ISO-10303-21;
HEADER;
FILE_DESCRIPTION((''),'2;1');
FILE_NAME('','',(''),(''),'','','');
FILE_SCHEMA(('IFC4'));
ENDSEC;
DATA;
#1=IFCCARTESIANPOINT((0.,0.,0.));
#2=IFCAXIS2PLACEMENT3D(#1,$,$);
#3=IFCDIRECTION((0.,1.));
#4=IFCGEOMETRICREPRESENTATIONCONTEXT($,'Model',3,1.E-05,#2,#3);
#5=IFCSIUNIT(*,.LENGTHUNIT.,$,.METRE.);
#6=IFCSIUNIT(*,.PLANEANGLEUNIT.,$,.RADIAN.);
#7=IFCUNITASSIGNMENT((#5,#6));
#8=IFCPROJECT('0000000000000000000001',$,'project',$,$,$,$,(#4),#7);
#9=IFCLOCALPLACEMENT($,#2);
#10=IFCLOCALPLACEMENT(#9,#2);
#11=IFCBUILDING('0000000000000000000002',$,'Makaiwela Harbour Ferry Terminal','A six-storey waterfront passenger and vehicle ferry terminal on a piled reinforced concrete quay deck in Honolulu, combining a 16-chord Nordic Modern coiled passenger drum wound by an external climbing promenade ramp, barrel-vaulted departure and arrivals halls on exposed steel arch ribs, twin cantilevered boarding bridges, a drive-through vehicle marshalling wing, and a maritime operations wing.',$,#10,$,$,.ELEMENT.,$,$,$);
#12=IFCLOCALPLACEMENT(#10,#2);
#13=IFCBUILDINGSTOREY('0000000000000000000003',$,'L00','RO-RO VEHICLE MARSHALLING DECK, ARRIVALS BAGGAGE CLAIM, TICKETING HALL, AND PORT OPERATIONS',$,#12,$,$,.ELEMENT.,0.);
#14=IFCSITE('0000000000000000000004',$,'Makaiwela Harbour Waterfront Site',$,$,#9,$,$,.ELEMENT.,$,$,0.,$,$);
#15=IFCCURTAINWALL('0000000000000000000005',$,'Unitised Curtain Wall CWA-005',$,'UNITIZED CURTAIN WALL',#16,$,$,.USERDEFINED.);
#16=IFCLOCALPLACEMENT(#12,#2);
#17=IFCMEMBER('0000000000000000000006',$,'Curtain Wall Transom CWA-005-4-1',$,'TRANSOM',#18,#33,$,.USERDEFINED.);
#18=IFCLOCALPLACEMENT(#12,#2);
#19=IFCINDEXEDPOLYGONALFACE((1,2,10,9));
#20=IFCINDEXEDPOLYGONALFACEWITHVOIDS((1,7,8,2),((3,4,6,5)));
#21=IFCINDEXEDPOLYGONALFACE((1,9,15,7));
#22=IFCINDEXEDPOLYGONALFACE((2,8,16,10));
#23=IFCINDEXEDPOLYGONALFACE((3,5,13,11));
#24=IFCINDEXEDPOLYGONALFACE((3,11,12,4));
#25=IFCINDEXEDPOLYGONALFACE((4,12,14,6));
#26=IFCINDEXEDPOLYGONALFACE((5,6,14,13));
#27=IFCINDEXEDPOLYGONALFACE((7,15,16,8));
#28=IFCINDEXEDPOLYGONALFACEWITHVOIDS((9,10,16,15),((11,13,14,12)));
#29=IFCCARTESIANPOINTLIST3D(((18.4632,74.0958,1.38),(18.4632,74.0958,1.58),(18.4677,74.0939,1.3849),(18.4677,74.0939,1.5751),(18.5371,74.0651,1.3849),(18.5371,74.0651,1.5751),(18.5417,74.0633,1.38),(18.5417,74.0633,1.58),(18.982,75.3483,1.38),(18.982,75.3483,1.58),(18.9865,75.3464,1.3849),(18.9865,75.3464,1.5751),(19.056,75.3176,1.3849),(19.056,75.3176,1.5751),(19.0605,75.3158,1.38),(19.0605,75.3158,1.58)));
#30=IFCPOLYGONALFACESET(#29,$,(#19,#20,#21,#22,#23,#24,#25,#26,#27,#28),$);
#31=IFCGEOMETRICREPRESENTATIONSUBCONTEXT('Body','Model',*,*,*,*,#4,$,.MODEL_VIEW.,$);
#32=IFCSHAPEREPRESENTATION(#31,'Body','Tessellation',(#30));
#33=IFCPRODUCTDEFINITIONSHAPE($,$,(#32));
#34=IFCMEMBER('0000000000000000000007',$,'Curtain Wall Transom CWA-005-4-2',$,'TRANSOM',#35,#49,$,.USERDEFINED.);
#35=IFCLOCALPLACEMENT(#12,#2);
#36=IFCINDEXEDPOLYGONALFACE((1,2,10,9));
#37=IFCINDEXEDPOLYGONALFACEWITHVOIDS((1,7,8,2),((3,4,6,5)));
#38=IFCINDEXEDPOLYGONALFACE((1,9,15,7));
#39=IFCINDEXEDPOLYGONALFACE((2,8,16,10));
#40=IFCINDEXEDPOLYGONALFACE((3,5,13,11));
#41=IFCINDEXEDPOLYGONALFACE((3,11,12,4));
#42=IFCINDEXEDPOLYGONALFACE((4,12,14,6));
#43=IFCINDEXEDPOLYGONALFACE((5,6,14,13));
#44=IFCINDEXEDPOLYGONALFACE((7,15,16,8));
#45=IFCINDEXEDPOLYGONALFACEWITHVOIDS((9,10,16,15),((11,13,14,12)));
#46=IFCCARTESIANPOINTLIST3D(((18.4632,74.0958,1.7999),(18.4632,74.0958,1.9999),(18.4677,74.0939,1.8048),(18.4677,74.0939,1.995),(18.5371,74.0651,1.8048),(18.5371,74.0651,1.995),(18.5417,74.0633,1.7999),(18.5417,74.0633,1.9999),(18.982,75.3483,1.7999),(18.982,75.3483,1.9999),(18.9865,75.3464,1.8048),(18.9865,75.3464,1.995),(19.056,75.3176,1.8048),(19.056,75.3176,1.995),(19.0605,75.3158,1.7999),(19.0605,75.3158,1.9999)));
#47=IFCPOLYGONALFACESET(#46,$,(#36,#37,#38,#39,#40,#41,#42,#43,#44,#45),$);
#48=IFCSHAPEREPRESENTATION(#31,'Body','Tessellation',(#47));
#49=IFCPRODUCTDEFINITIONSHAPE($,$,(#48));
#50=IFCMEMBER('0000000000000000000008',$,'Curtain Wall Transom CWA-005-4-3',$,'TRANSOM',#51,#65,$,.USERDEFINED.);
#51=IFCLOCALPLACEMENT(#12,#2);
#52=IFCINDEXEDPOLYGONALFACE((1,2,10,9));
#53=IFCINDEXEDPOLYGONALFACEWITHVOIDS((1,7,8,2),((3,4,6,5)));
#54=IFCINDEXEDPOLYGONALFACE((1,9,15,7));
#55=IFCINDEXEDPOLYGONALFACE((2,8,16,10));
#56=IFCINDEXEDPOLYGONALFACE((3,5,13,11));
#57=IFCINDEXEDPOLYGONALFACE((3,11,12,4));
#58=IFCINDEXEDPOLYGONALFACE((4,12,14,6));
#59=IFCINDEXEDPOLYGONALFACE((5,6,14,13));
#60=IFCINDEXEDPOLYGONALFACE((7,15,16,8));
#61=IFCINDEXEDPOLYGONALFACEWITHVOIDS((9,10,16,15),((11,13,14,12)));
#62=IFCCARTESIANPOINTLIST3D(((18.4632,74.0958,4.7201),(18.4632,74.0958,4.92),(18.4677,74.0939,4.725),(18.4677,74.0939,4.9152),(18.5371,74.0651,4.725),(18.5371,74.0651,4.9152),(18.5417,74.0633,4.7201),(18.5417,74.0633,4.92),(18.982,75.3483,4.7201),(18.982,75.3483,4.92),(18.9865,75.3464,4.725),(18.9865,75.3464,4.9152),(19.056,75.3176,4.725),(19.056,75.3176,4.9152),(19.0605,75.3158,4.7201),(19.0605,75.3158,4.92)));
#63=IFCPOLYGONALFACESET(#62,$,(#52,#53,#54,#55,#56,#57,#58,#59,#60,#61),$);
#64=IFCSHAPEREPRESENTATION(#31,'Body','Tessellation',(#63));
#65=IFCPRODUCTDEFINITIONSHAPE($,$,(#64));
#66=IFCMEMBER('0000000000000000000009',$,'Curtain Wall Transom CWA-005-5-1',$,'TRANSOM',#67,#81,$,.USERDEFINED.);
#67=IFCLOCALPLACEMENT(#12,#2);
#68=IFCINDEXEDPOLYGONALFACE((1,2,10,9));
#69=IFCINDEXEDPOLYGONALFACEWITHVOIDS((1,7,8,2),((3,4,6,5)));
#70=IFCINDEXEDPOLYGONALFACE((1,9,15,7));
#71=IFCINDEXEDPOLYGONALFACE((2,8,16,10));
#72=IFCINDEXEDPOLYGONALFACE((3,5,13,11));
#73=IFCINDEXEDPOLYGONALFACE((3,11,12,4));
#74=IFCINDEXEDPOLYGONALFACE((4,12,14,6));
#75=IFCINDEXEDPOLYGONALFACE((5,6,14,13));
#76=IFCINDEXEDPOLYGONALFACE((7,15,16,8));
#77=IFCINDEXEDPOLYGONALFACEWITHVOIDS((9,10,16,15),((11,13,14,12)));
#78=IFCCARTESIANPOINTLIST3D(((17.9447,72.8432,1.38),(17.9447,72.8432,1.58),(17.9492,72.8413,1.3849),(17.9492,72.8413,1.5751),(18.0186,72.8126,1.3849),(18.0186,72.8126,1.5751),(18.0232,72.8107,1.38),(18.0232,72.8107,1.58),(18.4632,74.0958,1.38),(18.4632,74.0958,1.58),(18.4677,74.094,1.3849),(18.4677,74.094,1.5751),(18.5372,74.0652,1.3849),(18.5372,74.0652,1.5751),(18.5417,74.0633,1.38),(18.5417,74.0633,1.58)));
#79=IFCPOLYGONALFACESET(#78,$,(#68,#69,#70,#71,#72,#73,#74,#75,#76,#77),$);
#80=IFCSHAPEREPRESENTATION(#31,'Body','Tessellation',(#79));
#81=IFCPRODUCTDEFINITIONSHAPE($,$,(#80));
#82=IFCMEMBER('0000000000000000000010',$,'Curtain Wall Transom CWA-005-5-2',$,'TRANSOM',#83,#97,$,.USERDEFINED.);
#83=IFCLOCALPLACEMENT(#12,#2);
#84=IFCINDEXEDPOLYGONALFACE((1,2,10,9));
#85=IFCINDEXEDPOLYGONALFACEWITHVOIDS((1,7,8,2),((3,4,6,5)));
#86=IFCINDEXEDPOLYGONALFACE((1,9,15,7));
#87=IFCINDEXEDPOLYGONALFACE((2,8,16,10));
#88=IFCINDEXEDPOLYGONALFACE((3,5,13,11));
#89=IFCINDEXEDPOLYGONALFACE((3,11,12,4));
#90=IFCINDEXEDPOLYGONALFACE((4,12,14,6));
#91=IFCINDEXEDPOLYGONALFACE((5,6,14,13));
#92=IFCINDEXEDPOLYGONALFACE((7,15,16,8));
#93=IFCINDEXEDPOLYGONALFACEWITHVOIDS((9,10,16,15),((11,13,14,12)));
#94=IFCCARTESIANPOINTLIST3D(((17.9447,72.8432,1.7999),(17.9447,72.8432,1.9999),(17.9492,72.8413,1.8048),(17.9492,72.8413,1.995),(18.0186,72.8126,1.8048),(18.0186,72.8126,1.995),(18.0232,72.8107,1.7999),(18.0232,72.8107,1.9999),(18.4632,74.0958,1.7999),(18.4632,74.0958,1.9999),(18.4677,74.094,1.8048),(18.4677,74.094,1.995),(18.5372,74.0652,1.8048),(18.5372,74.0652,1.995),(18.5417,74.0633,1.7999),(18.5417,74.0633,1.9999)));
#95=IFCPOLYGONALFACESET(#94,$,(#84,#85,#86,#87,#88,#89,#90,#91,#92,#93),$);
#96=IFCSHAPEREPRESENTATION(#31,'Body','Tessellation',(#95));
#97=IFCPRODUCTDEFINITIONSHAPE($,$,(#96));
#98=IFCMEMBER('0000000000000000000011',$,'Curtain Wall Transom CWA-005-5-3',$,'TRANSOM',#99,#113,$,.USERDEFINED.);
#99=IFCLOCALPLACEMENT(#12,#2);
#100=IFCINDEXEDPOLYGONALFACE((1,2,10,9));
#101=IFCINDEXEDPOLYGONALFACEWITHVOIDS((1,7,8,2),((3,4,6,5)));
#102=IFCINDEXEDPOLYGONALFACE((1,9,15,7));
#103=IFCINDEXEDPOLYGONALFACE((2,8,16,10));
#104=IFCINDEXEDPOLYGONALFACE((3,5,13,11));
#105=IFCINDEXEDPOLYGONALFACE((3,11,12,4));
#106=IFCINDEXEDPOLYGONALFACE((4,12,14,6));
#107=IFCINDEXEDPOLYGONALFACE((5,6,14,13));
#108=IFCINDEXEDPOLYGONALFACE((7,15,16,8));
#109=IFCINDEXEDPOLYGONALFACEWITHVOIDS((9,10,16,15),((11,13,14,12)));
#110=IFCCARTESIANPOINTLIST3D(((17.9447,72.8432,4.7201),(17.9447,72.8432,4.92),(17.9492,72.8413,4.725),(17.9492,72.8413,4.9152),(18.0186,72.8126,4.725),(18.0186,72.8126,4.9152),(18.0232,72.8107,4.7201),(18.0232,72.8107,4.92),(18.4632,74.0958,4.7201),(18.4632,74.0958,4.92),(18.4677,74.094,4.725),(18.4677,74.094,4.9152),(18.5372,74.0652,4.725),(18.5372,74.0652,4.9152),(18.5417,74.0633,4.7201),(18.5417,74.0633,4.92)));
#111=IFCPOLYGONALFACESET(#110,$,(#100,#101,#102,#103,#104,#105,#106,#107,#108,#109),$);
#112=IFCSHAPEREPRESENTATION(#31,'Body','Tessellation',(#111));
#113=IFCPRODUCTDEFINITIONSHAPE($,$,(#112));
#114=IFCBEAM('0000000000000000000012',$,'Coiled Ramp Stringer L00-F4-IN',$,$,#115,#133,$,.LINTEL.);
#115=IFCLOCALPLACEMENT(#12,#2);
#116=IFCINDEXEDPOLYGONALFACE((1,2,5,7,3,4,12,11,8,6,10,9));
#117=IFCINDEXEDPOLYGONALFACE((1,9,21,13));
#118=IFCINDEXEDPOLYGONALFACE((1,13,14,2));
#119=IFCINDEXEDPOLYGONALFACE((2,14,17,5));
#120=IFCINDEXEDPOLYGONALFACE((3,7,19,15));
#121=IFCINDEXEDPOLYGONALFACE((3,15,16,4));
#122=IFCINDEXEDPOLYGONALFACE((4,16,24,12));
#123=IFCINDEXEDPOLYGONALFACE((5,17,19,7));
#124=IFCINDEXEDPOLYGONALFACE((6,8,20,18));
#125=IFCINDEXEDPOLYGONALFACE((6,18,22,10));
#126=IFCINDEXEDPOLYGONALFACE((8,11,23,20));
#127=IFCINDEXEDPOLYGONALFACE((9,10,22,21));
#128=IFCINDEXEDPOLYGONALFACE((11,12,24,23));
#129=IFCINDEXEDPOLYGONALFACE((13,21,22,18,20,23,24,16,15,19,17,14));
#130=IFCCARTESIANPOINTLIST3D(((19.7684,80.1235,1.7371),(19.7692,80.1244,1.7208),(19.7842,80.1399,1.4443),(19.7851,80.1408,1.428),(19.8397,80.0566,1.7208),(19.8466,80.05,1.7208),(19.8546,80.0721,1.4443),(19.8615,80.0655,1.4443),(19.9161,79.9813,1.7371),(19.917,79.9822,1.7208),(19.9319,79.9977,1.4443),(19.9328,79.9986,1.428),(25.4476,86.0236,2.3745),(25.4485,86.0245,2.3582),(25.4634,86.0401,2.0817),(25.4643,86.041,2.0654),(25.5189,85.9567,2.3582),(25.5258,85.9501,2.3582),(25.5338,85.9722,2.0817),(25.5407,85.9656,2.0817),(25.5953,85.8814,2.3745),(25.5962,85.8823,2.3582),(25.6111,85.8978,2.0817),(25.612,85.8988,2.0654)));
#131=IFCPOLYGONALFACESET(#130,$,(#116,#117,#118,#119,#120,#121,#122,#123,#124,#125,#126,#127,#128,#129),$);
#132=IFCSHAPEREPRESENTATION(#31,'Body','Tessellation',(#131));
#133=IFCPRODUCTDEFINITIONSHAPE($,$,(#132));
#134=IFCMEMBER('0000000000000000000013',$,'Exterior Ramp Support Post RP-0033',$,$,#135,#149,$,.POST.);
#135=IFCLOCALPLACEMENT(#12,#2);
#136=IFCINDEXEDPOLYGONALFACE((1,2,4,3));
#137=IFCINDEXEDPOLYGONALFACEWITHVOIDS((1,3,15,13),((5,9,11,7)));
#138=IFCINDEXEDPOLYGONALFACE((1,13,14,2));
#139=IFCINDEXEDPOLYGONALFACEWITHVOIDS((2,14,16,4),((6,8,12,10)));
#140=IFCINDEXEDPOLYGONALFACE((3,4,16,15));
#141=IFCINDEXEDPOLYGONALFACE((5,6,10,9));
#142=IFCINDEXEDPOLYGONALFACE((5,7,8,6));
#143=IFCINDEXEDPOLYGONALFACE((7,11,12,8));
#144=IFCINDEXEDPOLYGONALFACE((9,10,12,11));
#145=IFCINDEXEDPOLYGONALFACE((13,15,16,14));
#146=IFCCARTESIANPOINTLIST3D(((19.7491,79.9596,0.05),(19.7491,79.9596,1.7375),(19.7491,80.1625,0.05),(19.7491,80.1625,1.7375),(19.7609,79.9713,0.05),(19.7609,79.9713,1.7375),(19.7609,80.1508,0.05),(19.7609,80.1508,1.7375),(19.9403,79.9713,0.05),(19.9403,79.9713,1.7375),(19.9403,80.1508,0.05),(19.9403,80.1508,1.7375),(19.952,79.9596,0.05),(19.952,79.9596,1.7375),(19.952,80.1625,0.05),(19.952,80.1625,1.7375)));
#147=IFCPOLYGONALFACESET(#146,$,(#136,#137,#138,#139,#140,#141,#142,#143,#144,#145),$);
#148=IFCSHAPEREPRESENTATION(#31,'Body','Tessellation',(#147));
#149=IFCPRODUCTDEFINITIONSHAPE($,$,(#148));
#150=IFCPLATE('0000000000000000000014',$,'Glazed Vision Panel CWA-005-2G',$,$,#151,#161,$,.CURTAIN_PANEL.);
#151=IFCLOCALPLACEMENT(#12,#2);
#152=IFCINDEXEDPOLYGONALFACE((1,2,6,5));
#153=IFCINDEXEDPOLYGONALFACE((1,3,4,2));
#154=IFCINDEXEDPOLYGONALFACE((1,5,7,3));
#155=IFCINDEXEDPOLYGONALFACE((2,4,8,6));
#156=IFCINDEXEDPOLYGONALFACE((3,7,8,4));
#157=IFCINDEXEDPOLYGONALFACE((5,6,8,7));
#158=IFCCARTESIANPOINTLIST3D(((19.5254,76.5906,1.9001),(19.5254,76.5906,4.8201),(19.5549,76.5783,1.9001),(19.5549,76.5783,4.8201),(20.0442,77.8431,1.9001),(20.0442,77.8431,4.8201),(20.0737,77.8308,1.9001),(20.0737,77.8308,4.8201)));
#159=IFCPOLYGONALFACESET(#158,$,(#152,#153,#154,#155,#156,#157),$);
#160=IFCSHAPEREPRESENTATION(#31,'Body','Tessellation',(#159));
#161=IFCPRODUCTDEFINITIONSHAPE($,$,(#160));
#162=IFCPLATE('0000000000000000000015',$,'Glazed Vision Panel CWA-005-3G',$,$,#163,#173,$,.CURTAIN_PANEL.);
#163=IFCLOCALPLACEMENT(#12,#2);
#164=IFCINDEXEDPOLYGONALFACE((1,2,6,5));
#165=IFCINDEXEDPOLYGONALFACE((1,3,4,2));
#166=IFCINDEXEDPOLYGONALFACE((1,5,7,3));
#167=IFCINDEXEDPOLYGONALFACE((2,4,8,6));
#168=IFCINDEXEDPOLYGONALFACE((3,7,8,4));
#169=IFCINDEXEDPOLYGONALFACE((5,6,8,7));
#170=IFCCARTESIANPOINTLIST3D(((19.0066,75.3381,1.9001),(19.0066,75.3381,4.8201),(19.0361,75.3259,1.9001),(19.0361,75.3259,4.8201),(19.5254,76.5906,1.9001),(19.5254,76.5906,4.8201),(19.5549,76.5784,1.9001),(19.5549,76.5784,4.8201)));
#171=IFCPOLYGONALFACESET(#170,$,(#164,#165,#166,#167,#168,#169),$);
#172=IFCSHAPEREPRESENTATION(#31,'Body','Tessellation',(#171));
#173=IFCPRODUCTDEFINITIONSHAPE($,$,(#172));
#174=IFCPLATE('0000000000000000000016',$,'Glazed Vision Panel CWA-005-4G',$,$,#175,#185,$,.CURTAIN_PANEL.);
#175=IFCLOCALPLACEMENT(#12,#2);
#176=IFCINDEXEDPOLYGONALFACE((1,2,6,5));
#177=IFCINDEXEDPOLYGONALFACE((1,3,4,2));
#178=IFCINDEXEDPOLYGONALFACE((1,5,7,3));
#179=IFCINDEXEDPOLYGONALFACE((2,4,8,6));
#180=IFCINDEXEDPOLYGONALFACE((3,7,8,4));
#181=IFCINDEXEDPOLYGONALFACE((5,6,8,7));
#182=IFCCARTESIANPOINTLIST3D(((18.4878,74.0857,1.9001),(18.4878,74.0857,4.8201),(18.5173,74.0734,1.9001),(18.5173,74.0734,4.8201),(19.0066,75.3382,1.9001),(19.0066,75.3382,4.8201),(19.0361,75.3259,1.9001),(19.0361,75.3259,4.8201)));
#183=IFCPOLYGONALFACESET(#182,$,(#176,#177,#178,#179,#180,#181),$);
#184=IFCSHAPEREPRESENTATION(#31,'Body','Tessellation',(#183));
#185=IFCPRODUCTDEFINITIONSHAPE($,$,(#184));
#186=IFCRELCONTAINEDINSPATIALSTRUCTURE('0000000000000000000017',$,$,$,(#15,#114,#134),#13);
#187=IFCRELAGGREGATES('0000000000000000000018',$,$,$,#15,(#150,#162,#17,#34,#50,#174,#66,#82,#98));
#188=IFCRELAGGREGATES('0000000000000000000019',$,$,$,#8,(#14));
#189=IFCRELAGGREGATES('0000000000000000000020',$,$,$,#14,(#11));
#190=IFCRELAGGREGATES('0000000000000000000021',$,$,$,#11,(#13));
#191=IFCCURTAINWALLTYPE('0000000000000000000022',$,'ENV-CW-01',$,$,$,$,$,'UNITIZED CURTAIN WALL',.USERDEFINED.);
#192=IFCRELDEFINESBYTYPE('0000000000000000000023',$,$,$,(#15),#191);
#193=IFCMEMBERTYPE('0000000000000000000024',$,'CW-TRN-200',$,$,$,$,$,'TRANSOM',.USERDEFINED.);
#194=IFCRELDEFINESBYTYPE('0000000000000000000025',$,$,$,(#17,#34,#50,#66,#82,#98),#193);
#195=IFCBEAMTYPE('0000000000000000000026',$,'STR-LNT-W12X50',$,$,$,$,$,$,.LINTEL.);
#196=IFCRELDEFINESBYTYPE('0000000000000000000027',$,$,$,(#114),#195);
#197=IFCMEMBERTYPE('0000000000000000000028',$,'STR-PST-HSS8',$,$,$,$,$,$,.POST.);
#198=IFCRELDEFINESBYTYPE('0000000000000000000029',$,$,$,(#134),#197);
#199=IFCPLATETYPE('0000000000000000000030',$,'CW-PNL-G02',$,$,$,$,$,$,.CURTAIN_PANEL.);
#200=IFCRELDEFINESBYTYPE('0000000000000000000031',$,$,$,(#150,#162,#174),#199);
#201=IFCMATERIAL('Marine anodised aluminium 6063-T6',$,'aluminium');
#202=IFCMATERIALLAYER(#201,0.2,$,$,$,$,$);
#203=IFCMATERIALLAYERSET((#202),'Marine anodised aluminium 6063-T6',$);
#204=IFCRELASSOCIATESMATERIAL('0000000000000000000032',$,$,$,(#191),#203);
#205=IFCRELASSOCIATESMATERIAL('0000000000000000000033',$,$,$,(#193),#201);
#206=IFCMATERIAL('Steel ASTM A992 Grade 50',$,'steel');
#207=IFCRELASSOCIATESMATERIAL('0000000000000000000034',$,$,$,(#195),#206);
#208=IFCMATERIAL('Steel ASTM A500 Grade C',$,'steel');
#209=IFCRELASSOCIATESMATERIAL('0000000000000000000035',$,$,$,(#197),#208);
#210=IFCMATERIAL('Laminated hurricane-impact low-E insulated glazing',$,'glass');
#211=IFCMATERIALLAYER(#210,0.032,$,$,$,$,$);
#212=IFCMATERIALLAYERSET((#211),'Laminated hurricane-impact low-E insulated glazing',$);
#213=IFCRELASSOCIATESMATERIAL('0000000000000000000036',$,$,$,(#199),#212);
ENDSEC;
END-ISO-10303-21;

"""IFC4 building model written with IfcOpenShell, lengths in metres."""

from ifc_helpers import new_model, si_unit, direction, frame, origin, origin_2d, place, context, subcontext, project, spatial, rectangle, hollow_rectangle, i_section, extrude, material, layer, layer_set, material_profile, profile_set, type_object, element, aggregate, save


model = new_model("IFC4")

# Units and contexts
model_context = context("Model", 3, precision=1e-05, world=origin(), true_north=direction((0.0, 1.0)))
body_context = subcontext(model_context, "Body", "Model", "MODEL_VIEW")
ifc_project = project(units=[si_unit("LENGTHUNIT", "METRE"), si_unit("PLANEANGLEUNIT", "RADIAN")], contexts=[model_context])

# Site, building, storey
site_placement = place(None, origin())
site = spatial("IfcSite", under=ifc_project, at=site_placement, Name="Makaiwela Harbour Waterfront Site", CompositionType="ELEMENT", RefElevation=0.0)
building_placement = place(site_placement, origin())
building = spatial("IfcBuilding", under=site, at=building_placement, Name="Makaiwela Harbour Ferry Terminal", Description="A six-storey waterfront passenger and vehicle ferry terminal on a piled reinforced concrete quay deck in Honolulu, combining a 16-chord Nordic Modern coiled passenger drum wound by an external climbing promenade ramp, barrel-vaulted departure and arrivals halls on exposed steel arch ribs, twin cantilevered boarding bridges, a drive-through vehicle marshalling wing, and a maritime operations wing.", CompositionType="ELEMENT")
storey_placement = place(building_placement, origin())
storey = spatial("IfcBuildingStorey", under=building, at=storey_placement, Name="L00", Description="RO-RO VEHICLE MARSHALLING DECK, ARRIVALS BAGGAGE CLAIM, TICKETING HALL, AND PORT OPERATIONS", CompositionType="ELEMENT", Elevation=0.0)

# Shared definitions
ifc_material_1 = material(Name="Steel ASTM A992 Grade 50", Category="steel")

# Curtain wall, members
ifc_material_2 = material(Name="Marine anodised aluminium 6063-T6", Category="aluminium")
ifc_layer_1 = layer(ifc_material_2, 0.2)
ifc_layer_set_1 = layer_set([ifc_layer_1], Name="Marine anodised aluminium 6063-T6")
curtain_wall_type = type_object("IfcCurtainWallType", Name="ENV-CW-01", ElementType="UNITIZED CURTAIN WALL", PredefinedType="USERDEFINED", material=ifc_layer_set_1)
curtain_wall_placement = place(storey_placement, origin())
curtain_wall = element("IfcCurtainWall", 1, at=curtain_wall_placement, inside=storey, type_object=curtain_wall_type, Name="Unitised Curtain Wall CWA-005", ObjectType="UNITIZED CURTAIN WALL", PredefinedType="USERDEFINED")
ifc_material_profile_1 = material_profile(ifc_material_2, hollow_rectangle(XDim=0.085, YDim=0.2, WallThickness=0.0049, at=origin_2d()), Name="CWT-200X85")
ifc_profile_set_1 = profile_set([ifc_material_profile_1], Name="Marine anodised aluminium 6063-T6")
member_type_1 = type_object("IfcMemberType", Name="CW-TRN-200", ElementType="TRANSOM", PredefinedType="USERDEFINED", material=ifc_profile_set_1)
member_1_placement = place(storey_placement, frame((19.0212, 75.332, 1.48), z_axis=(-0.382696, -0.923874, 0.0), x_axis=(0.923874, -0.382696, 0.0)))
member_1 = element("IfcMember", 2, at=member_1_placement, type_object=member_type_1, Name="Curtain Wall Transom CWA-005-4-1", ObjectType="TRANSOM", PredefinedType="USERDEFINED", context=body_context, shape_type="SweptSolid", body=[
    extrude(hollow_rectangle(XDim=0.085, YDim=0.2, WallThickness=0.0049, at=origin_2d()), origin(), (0.0, 0.0, 1.0), 1.3557),
])
member_2_placement = place(storey_placement, frame((19.0212, 75.332, 1.8999), z_axis=(-0.382696, -0.923874, 0.0), x_axis=(0.923874, -0.382696, 0.0)))
member_2 = element("IfcMember", 3, at=member_2_placement, type_object=member_type_1, Name="Curtain Wall Transom CWA-005-4-2", ObjectType="TRANSOM", PredefinedType="USERDEFINED", context=body_context, shape_type="SweptSolid", body=[
    extrude(hollow_rectangle(XDim=0.085, YDim=0.2, WallThickness=0.0049, at=origin_2d()), origin(), (0.0, 0.0, 1.0), 1.3557),
])
member_3_placement = place(storey_placement, frame((19.0212, 75.332, 4.8201), z_axis=(-0.382696, -0.923874, 0.0), x_axis=(0.923874, -0.382696, 0.0)))
member_3 = element("IfcMember", 4, at=member_3_placement, type_object=member_type_1, Name="Curtain Wall Transom CWA-005-4-3", ObjectType="TRANSOM", PredefinedType="USERDEFINED", context=body_context, shape_type="SweptSolid", body=[
    extrude(hollow_rectangle(XDim=0.085, YDim=0.2, WallThickness=0.0049, at=origin_2d()), origin(), (0.0, 0.0, 1.0), 1.3557),
])
member_4_placement = place(storey_placement, frame((18.5024, 74.0796, 1.48), z_axis=(-0.382479, -0.923964, 0.0), x_axis=(0.923964, -0.382479, 0.0)))
member_4 = element("IfcMember", 5, at=member_4_placement, type_object=member_type_1, Name="Curtain Wall Transom CWA-005-5-1", ObjectType="TRANSOM", PredefinedType="USERDEFINED", context=body_context, shape_type="SweptSolid", body=[
    extrude(hollow_rectangle(XDim=0.085, YDim=0.2, WallThickness=0.0049, at=origin_2d()), origin(), (0.0, 0.0, 1.0), 1.3557),
])
member_5_placement = place(storey_placement, frame((18.5024, 74.0796, 1.8999), z_axis=(-0.382479, -0.923964, 0.0), x_axis=(0.923964, -0.382479, 0.0)))
member_5 = element("IfcMember", 6, at=member_5_placement, type_object=member_type_1, Name="Curtain Wall Transom CWA-005-5-2", ObjectType="TRANSOM", PredefinedType="USERDEFINED", context=body_context, shape_type="SweptSolid", body=[
    extrude(hollow_rectangle(XDim=0.085, YDim=0.2, WallThickness=0.0049, at=origin_2d()), origin(), (0.0, 0.0, 1.0), 1.3557),
])
member_6_placement = place(storey_placement, frame((18.5024, 74.0796, 4.8201), z_axis=(-0.382479, -0.923964, 0.0), x_axis=(0.923964, -0.382479, 0.0)))
member_6 = element("IfcMember", 7, at=member_6_placement, type_object=member_type_1, Name="Curtain Wall Transom CWA-005-5-3", ObjectType="TRANSOM", PredefinedType="USERDEFINED", context=body_context, shape_type="SweptSolid", body=[
    extrude(hollow_rectangle(XDim=0.085, YDim=0.2, WallThickness=0.0049, at=origin_2d()), origin(), (0.0, 0.0, 1.0), 1.3557),
])

# Beam
ifc_material_profile_2 = material_profile(ifc_material_1, i_section(OverallWidth=0.2051, OverallDepth=0.3101, WebThickness=0.0095, FlangeThickness=0.0164, at=origin_2d()), Name="W12X50")
ifc_profile_set_2 = profile_set([ifc_material_profile_2], Name="Steel ASTM A992 Grade 50")
beam_type = type_object("IfcBeamType", Name="STR-LNT-W12X50", PredefinedType="LINTEL", material=ifc_profile_set_2)
beam_placement = place(storey_placement, frame((19.8506, 80.061, 1.5825), z_axis=(0.691397, 0.718295, 0.077605), x_axis=(-0.720468, 0.693488, 0.0)))
element("IfcBeam", 8, at=beam_placement, inside=storey, type_object=beam_type, Name="Coiled Ramp Stringer L00-F4-IN", PredefinedType="LINTEL", context=body_context, shape_type="SweptSolid", body=[
    extrude(i_section(OverallWidth=0.2051, OverallDepth=0.3101, WebThickness=0.0095, FlangeThickness=0.0164, at=origin_2d()), origin(), (0.0, 0.0, 1.0), 8.2141),
])

# Member
ifc_material_3 = material(Name="Steel ASTM A500 Grade C", Category="steel")
ifc_material_profile_3 = material_profile(ifc_material_3, hollow_rectangle(XDim=0.2029, YDim=0.2029, WallThickness=0.0117, at=origin_2d()), Name="HSS8X8X1/2")
ifc_profile_set_3 = profile_set([ifc_material_profile_3], Name="Steel ASTM A500 Grade C")
member_type_2 = type_object("IfcMemberType", Name="STR-PST-HSS8", PredefinedType="POST", material=ifc_profile_set_3)
member_7_placement = place(storey_placement, frame((19.8506, 80.061, 0.05), z_axis=(0.0, 0.0, 1.0), x_axis=(1.0, 0.0, 0.0)))
element("IfcMember", 9, at=member_7_placement, inside=storey, type_object=member_type_2, Name="Exterior Ramp Support Post RP-0033", PredefinedType="POST", context=body_context, shape_type="SweptSolid", body=[
    extrude(hollow_rectangle(XDim=0.2029, YDim=0.2029, WallThickness=0.0117, at=origin_2d()), origin(), (0.0, 0.0, 1.0), 1.6875),
])

# Plates
ifc_material_4 = material(Name="Laminated hurricane-impact low-E insulated glazing", Category="glass")
ifc_layer_2 = layer(ifc_material_4, 0.032)
ifc_layer_set_2 = layer_set([ifc_layer_2], Name="Laminated hurricane-impact low-E insulated glazing")
plate_type_1 = type_object("IfcPlateType", Name="CW-PNL-G02", PredefinedType="CURTAIN_PANEL", material=ifc_layer_set_2)
plate_1_placement = place(storey_placement, frame((19.7996, 77.2107, 1.9001), z_axis=(0.0, 0.0, 1.0), x_axis=(-0.382683, -0.92388, 0.0)))
plate_1 = element("IfcPlate", 10, at=plate_1_placement, type_object=plate_type_1, Name="Glazed Vision Panel CWA-005-2G", PredefinedType="CURTAIN_PANEL", context=body_context, shape_type="SweptSolid", body=[
    extrude(rectangle(XDim=1.3557, YDim=0.032, at=origin_2d()), origin(), (0.0, 0.0, 1.0), 2.9199),
])
plate_2_placement = place(storey_placement, frame((19.2808, 75.9583, 1.9001), z_axis=(0.0, 0.0, 1.0), x_axis=(-0.382683, -0.92388, 0.0)))
plate_2 = element("IfcPlate", 11, at=plate_2_placement, type_object=plate_type_1, Name="Glazed Vision Panel CWA-005-3G", PredefinedType="CURTAIN_PANEL", context=body_context, shape_type="SweptSolid", body=[
    extrude(rectangle(XDim=1.3557, YDim=0.032, at=origin_2d()), origin(), (0.0, 0.0, 1.0), 2.9199),
])
plate_3_placement = place(storey_placement, frame((18.762, 74.7058, 1.9001), z_axis=(0.0, 0.0, 1.0), x_axis=(-0.382683, -0.92388, 0.0)))
plate_3 = element("IfcPlate", 12, at=plate_3_placement, type_object=plate_type_1, Name="Glazed Vision Panel CWA-005-4G", PredefinedType="CURTAIN_PANEL", context=body_context, shape_type="SweptSolid", body=[
    extrude(rectangle(XDim=1.3557, YDim=0.032, at=origin_2d()), origin(), (0.0, 0.0, 1.0), 2.9199),
])
aggregate(curtain_wall, [plate_1, plate_2, member_1, member_2, member_3, plate_3, member_4, member_5, member_6])

save(model, "model.ifc")
